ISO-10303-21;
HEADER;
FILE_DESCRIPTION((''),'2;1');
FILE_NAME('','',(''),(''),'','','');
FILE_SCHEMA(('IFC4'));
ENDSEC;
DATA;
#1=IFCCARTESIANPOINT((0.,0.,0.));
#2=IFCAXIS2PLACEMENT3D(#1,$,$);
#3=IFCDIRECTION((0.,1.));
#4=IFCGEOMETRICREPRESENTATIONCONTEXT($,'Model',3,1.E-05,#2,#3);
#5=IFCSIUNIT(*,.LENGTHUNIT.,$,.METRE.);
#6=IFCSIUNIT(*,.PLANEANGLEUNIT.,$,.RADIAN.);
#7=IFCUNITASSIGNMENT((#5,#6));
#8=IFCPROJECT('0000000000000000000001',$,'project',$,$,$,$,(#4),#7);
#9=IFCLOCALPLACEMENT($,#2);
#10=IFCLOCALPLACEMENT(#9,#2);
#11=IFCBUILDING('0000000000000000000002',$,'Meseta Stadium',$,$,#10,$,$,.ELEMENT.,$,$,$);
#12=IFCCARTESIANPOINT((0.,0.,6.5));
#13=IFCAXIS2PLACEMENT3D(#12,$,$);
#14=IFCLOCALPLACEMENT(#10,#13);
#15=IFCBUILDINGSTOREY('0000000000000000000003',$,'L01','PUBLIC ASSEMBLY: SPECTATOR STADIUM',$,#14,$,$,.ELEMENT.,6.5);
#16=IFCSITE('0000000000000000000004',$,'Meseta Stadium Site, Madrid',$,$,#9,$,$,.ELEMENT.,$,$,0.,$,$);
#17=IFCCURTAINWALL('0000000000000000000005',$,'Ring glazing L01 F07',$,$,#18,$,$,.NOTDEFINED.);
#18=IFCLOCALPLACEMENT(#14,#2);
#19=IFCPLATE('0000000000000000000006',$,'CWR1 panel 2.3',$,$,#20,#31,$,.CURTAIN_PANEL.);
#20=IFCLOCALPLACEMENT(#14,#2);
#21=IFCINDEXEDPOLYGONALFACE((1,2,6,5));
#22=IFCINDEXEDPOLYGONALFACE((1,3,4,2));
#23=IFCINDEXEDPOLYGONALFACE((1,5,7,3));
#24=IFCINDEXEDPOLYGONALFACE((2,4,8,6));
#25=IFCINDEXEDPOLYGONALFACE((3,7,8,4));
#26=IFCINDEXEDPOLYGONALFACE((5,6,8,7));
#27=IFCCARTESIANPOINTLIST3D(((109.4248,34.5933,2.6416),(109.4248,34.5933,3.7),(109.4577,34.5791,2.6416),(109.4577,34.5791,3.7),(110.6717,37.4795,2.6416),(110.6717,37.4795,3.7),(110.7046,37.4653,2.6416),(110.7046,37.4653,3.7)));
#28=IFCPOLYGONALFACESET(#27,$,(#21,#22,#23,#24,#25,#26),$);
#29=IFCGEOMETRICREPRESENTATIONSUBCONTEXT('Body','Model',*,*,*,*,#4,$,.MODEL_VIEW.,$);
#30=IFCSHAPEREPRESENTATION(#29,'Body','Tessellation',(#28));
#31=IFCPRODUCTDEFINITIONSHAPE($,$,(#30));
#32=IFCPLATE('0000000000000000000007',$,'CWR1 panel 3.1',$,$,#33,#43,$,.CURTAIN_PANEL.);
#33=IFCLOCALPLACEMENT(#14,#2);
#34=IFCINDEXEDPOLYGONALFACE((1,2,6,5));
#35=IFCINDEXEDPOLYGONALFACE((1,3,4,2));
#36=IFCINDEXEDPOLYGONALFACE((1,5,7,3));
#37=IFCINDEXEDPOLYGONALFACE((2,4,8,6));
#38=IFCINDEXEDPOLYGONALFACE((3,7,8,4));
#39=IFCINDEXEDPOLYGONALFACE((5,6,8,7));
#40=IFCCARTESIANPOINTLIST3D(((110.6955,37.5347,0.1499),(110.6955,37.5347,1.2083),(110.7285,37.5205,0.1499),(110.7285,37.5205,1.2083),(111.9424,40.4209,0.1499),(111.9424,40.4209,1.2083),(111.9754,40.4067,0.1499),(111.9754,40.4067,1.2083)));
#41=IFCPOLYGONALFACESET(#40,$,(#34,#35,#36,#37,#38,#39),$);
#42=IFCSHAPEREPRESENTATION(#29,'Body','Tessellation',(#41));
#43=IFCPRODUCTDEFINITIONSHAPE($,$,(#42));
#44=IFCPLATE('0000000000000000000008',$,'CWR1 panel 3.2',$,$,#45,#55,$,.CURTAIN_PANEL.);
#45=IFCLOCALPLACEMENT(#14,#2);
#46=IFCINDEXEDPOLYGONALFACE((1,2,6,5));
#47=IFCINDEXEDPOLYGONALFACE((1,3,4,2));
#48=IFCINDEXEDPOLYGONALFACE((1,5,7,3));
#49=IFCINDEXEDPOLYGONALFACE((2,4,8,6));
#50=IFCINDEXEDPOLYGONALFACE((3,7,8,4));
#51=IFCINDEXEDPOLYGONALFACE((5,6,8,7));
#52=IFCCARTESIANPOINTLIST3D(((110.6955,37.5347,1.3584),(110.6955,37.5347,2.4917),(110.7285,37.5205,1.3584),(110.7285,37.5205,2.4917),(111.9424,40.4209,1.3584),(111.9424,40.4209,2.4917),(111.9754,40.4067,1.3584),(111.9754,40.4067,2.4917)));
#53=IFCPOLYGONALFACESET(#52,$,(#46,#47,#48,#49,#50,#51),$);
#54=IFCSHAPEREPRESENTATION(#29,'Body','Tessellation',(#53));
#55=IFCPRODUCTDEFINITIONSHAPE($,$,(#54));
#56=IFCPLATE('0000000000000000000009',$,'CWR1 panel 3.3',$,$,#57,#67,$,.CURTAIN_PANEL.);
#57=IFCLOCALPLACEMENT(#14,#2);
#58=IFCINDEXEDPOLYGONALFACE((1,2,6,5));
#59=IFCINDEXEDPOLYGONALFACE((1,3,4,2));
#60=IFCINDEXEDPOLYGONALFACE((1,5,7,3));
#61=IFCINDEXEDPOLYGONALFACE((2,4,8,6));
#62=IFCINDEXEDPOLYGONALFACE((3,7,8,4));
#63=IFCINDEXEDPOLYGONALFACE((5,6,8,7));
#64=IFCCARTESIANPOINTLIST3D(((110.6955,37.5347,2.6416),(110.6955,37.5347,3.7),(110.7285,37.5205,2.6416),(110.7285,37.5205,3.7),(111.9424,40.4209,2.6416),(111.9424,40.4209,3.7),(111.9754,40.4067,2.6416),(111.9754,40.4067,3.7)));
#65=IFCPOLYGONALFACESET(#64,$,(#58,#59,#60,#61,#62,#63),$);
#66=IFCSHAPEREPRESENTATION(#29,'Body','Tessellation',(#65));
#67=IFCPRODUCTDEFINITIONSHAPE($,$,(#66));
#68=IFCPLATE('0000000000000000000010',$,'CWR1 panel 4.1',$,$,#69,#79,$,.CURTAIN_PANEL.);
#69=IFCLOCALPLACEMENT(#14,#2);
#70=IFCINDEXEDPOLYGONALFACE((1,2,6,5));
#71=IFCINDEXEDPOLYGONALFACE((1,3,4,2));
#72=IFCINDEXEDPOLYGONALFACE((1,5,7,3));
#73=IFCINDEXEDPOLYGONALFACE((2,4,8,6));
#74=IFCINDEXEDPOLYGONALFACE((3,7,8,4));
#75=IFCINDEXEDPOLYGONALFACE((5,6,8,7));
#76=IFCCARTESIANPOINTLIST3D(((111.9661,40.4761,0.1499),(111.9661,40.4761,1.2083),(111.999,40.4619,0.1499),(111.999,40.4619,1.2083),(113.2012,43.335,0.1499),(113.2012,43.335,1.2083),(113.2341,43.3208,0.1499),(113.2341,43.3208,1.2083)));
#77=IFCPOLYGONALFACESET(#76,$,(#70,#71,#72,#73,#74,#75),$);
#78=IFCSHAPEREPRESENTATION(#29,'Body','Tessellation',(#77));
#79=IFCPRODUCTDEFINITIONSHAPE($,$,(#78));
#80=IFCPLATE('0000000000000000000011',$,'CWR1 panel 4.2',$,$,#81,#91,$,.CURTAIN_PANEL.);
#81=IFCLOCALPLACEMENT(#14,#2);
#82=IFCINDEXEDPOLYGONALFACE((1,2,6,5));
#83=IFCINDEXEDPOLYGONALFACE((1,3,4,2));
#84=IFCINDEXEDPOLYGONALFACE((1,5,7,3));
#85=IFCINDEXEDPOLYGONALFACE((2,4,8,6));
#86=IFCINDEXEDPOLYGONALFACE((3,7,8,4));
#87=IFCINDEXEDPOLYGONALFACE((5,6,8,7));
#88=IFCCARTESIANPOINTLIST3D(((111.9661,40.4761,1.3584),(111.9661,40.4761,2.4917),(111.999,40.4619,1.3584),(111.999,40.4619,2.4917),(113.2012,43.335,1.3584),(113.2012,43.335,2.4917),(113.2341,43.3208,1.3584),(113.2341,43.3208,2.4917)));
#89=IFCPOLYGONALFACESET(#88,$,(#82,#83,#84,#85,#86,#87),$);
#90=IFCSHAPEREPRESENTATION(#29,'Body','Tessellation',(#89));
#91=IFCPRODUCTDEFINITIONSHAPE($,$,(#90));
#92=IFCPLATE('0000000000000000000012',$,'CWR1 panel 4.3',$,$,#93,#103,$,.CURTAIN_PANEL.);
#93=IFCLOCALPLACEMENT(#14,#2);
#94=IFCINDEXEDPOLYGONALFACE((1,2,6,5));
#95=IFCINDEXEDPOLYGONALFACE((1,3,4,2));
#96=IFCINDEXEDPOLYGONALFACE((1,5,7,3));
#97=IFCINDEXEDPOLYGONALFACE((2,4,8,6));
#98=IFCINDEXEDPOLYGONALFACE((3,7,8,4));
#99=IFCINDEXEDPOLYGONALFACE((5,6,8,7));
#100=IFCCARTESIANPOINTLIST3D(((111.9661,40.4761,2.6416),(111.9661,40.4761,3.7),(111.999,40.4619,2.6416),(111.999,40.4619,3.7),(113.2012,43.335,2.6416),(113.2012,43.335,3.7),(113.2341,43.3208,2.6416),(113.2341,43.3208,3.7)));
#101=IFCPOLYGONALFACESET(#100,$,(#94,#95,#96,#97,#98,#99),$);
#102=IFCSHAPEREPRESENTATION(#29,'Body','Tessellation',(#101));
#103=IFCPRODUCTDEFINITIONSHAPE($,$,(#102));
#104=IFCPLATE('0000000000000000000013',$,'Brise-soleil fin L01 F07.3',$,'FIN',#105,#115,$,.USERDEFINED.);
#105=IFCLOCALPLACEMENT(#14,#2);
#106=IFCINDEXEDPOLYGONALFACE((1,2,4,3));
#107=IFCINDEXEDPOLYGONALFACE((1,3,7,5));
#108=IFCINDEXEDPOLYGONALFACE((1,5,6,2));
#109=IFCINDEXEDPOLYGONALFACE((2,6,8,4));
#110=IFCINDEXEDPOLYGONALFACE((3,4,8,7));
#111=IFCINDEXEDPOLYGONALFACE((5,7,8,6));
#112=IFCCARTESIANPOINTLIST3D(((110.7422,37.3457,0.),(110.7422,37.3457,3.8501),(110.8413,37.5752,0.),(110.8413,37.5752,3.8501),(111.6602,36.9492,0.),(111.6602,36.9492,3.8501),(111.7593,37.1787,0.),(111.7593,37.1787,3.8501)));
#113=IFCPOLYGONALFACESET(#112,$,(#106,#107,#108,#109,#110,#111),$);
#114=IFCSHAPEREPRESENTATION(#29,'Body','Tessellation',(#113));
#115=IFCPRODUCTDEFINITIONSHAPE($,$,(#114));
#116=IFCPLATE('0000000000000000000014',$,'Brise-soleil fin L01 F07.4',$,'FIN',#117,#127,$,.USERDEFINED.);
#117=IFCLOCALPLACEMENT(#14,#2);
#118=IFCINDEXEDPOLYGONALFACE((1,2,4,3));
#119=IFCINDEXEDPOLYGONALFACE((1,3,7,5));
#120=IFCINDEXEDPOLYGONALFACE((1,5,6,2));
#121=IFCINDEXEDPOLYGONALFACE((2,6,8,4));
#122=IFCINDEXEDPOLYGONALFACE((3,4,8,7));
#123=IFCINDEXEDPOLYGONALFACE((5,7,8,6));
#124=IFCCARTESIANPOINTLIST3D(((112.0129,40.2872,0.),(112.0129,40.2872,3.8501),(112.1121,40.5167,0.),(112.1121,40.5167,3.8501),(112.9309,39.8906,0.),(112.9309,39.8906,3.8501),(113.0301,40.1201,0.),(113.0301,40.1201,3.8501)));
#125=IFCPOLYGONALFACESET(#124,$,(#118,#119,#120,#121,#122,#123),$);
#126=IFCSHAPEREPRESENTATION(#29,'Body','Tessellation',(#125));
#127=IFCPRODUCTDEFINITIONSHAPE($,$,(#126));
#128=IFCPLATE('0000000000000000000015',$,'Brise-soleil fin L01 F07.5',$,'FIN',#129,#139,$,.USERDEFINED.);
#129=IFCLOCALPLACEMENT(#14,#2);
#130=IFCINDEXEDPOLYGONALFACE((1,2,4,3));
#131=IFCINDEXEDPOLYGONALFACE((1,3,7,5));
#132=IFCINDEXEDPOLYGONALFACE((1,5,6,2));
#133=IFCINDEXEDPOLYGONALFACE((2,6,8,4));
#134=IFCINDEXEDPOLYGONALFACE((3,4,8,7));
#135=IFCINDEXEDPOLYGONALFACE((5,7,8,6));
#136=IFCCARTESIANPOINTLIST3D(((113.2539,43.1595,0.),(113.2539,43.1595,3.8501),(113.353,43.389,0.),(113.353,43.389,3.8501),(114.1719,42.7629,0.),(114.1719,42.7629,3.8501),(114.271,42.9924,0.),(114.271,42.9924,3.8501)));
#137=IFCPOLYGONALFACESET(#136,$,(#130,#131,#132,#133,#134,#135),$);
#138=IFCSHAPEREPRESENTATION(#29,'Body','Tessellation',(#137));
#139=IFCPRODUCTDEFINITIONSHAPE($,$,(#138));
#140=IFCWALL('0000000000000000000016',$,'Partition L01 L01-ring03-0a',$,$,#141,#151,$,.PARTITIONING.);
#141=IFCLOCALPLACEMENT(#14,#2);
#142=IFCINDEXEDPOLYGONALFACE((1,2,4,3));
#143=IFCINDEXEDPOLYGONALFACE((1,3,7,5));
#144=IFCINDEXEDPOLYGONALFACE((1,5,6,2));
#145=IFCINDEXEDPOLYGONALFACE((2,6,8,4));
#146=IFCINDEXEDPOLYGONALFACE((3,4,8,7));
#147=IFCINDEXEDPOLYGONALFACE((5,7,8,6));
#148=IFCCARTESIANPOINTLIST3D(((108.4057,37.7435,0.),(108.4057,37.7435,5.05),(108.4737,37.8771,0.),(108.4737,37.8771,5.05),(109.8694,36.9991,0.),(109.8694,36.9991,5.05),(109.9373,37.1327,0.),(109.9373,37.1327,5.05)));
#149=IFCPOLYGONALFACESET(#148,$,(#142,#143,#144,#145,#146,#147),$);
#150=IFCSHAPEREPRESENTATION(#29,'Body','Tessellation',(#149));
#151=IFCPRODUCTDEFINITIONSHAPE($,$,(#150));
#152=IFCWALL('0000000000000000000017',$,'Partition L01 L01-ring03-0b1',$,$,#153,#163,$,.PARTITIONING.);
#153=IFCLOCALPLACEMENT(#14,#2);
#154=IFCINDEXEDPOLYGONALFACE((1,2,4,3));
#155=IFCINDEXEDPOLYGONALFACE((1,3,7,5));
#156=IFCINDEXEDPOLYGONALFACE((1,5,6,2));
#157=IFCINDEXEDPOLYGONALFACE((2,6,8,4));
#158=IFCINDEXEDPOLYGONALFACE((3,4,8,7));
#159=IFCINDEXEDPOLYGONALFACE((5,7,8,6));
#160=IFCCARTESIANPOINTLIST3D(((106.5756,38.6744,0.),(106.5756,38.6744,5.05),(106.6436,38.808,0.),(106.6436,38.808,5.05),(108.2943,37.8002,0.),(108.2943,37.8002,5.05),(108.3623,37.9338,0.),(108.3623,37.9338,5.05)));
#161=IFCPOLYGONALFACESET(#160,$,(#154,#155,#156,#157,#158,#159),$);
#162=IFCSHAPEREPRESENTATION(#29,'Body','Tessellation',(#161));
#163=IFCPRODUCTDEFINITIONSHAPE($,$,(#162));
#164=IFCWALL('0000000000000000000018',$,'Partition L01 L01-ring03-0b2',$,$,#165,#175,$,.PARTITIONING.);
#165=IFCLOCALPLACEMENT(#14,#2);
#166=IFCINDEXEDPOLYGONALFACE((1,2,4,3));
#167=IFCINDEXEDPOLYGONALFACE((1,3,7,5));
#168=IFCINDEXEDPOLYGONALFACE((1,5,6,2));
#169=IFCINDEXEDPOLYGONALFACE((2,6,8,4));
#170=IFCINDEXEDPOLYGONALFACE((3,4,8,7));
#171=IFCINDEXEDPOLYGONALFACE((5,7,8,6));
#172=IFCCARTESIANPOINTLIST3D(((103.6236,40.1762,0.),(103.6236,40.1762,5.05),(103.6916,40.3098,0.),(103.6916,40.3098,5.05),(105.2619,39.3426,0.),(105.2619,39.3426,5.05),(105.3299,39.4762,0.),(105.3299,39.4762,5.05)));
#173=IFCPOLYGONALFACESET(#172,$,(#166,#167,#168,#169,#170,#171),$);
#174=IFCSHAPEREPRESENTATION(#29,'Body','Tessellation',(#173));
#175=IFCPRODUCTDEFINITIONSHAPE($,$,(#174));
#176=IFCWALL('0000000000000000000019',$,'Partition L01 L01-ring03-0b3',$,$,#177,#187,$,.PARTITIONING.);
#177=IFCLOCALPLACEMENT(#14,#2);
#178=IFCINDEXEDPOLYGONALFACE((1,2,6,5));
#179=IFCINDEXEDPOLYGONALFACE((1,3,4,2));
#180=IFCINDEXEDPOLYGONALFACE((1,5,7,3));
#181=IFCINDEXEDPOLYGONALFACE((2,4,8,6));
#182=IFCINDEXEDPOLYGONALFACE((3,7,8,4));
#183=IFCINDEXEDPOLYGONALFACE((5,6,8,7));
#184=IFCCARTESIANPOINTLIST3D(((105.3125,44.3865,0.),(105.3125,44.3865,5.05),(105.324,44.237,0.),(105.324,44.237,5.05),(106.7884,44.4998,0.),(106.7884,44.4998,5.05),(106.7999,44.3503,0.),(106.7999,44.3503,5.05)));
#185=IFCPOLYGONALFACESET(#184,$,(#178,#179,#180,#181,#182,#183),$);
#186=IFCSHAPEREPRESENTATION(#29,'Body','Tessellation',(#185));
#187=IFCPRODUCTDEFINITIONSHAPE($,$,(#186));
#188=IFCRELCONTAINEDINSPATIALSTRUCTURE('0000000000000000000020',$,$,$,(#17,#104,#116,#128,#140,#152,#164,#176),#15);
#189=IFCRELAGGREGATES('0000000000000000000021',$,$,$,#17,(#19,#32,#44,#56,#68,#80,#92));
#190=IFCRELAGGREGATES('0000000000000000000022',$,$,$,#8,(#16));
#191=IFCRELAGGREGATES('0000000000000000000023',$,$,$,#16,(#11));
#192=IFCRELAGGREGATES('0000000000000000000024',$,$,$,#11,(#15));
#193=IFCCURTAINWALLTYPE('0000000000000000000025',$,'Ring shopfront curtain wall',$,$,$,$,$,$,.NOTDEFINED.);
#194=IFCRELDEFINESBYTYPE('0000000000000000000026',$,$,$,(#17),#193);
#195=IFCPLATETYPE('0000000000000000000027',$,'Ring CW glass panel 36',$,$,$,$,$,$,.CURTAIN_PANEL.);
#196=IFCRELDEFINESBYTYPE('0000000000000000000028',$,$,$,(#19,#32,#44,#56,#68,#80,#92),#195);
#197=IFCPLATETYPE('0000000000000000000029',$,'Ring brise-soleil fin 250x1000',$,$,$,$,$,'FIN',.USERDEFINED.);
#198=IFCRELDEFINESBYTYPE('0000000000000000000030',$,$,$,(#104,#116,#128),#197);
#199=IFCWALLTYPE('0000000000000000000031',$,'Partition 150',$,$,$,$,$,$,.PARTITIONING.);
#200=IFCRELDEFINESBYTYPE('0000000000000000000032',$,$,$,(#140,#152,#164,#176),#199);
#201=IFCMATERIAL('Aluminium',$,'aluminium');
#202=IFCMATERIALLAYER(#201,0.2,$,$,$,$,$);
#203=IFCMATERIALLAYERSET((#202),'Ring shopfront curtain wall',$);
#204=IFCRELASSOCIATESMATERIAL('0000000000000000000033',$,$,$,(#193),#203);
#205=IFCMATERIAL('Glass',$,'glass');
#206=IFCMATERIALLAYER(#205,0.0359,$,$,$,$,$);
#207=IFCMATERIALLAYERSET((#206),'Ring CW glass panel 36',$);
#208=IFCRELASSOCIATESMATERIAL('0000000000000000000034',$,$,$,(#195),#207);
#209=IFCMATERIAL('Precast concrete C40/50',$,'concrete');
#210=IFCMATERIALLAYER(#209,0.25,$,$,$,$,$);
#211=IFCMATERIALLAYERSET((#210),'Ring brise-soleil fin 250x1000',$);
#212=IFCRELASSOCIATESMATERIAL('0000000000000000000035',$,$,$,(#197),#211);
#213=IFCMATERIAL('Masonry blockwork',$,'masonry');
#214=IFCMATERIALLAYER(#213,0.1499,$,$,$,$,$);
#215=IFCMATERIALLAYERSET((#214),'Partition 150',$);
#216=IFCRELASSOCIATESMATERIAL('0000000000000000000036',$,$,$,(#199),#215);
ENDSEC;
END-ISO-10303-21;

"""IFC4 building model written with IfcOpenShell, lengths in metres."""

from ifc_helpers import new_model, si_unit, direction, frame, frame_2d, origin, origin_2d, place, context, subcontext, project, spatial, rectangle, extrude, material, layer, layer_set, type_object, element, aggregate, save


model = new_model("IFC4")

# Units and contexts
model_context = context("Model", 3, precision=1e-05, world=origin(), true_north=direction((0.0, 1.0)))
body_context = subcontext(model_context, "Body", "Model", "MODEL_VIEW")
ifc_project = project(units=[si_unit("LENGTHUNIT", "METRE"), si_unit("PLANEANGLEUNIT", "RADIAN")], contexts=[model_context])

# Site, building, storey
site_placement = place(None, origin())
site = spatial("IfcSite", under=ifc_project, at=site_placement, Name="Meseta Stadium Site, Madrid", CompositionType="ELEMENT", RefElevation=0.0)
building_placement = place(site_placement, origin())
building = spatial("IfcBuilding", under=site, at=building_placement, Name="Meseta Stadium", CompositionType="ELEMENT")
storey_placement = place(building_placement, frame((0.0, 0.0, 6.5)))
storey = spatial("IfcBuildingStorey", under=building, at=storey_placement, Name="L01", Description="PUBLIC ASSEMBLY: SPECTATOR STADIUM", CompositionType="ELEMENT", Elevation=6.5)

# Curtain wall, plates
ifc_material_1 = material(Name="Aluminium", Category="aluminium")
ifc_layer_1 = layer(ifc_material_1, 0.2)
ifc_layer_set_1 = layer_set([ifc_layer_1], Name="Ring shopfront curtain wall")
curtain_wall_type = type_object("IfcCurtainWallType", Name="Ring shopfront curtain wall", PredefinedType="NOTDEFINED", material=ifc_layer_set_1)
curtain_wall_placement = place(storey_placement, origin())
curtain_wall = element("IfcCurtainWall", 1, at=curtain_wall_placement, inside=storey, type_object=curtain_wall_type, Name="Ring glazing L01 F07", PredefinedType="NOTDEFINED")
ifc_material_2 = material(Name="Glass", Category="glass")
ifc_layer_2 = layer(ifc_material_2, 0.0359)
ifc_layer_set_2 = layer_set([ifc_layer_2], Name="Ring CW glass panel 36")
plate_type_1 = type_object("IfcPlateType", Name="Ring CW glass panel 36", PredefinedType="CURTAIN_PANEL", material=ifc_layer_set_2)
plate_1_placement = place(storey_placement, frame((110.0647, 36.0293, 2.6416), z_axis=(0.0, 0.0, 1.0), x_axis=(0.396581, 0.918, 0.0)))
plate_1 = element("IfcPlate", 2, at=plate_1_placement, type_object=plate_type_1, Name="CWR1 panel 2.3", PredefinedType="CURTAIN_PANEL", context=body_context, shape_type="SweptSolid", body=[
    extrude(rectangle(XDim=3.144, YDim=0.0359, at=origin_2d()), origin(), (0.0, 0.0, 1.0), 1.0583),
])
plate_2_placement = place(storey_placement, frame((111.3354, 38.9707, 0.1499), z_axis=(0.0, 0.0, 1.0), x_axis=(0.396581, 0.918, 0.0)))
plate_2 = element("IfcPlate", 3, at=plate_2_placement, type_object=plate_type_1, Name="CWR1 panel 3.1", PredefinedType="CURTAIN_PANEL", context=body_context, shape_type="SweptSolid", body=[
    extrude(rectangle(XDim=3.144, YDim=0.0359, at=origin_2d()), origin(), (0.0, 0.0, 1.0), 1.0583),
])
plate_3_placement = place(storey_placement, frame((111.3354, 38.9707, 1.3584), z_axis=(0.0, 0.0, 1.0), x_axis=(0.396581, 0.918, 0.0)))
plate_3 = element("IfcPlate", 4, at=plate_3_placement, type_object=plate_type_1, Name="CWR1 panel 3.2", PredefinedType="CURTAIN_PANEL", context=body_context, shape_type="SweptSolid", body=[
    extrude(rectangle(XDim=3.144, YDim=0.0359, at=origin_2d()), origin(), (0.0, 0.0, 1.0), 1.1333),
])
plate_4_placement = place(storey_placement, frame((111.3354, 38.9707, 2.6416), z_axis=(0.0, 0.0, 1.0), x_axis=(0.396581, 0.918, 0.0)))
plate_4 = element("IfcPlate", 5, at=plate_4_placement, type_object=plate_type_1, Name="CWR1 panel 3.3", PredefinedType="CURTAIN_PANEL", context=body_context, shape_type="SweptSolid", body=[
    extrude(rectangle(XDim=3.144, YDim=0.0359, at=origin_2d()), origin(), (0.0, 0.0, 1.0), 1.0583),
])
plate_5_placement = place(storey_placement, frame((112.6001, 41.8984, 0.1499), z_axis=(0.0, 0.0, 1.0), x_axis=(0.396581, 0.918, 0.0)))
plate_5 = element("IfcPlate", 6, at=plate_5_placement, type_object=plate_type_1, Name="CWR1 panel 4.1", PredefinedType="CURTAIN_PANEL", context=body_context, shape_type="SweptSolid", body=[
    extrude(rectangle(XDim=3.1143, YDim=0.0359, at=origin_2d()), origin(), (0.0, 0.0, 1.0), 1.0583),
])
plate_6_placement = place(storey_placement, frame((112.6001, 41.8984, 1.3584), z_axis=(0.0, 0.0, 1.0), x_axis=(0.396581, 0.918, 0.0)))
plate_6 = element("IfcPlate", 7, at=plate_6_placement, type_object=plate_type_1, Name="CWR1 panel 4.2", PredefinedType="CURTAIN_PANEL", context=body_context, shape_type="SweptSolid", body=[
    extrude(rectangle(XDim=3.1143, YDim=0.0359, at=origin_2d()), origin(), (0.0, 0.0, 1.0), 1.1333),
])
plate_7_placement = place(storey_placement, frame((112.6001, 41.8984, 2.6416), z_axis=(0.0, 0.0, 1.0), x_axis=(0.396581, 0.918, 0.0)))
plate_7 = element("IfcPlate", 8, at=plate_7_placement, type_object=plate_type_1, Name="CWR1 panel 4.3", PredefinedType="CURTAIN_PANEL", context=body_context, shape_type="SweptSolid", body=[
    extrude(rectangle(XDim=3.1143, YDim=0.0359, at=origin_2d()), origin(), (0.0, 0.0, 1.0), 1.0583),
])
aggregate(curtain_wall, [plate_1, plate_2, plate_3, plate_4, plate_5, plate_6, plate_7])

# Plates
ifc_material_3 = material(Name="Precast concrete C40/50", Category="concrete")
ifc_layer_3 = layer(ifc_material_3, 0.25)
ifc_layer_set_3 = layer_set([ifc_layer_3], Name="Ring brise-soleil fin 250x1000")
plate_type_2 = type_object("IfcPlateType", Name="Ring brise-soleil fin 250x1000", ElementType="FIN", PredefinedType="USERDEFINED", material=ifc_layer_set_3)
for number, where, z_axis, x_axis, name in (
    (9, (111.2507, 37.2622, 0.0), (0.0, 0.0, 1.0), (0.396576, 0.918002, 0.0), "Brise-soleil fin L01 F07.3"),
    (10, (112.5215, 40.2036, 0.0), (0.0, 0.0, 1.0), (0.396576, 0.918002, 0.0), "Brise-soleil fin L01 F07.4"),
    (11, (113.7625, 43.0759, 0.0), (0.0, 0.0, 1.0), (0.396576, 0.918002, 0.0), "Brise-soleil fin L01 F07.5"),
):
    element("IfcPlate", number, at=place(storey_placement, frame(where, z_axis=z_axis, x_axis=x_axis)), inside=storey, type_object=plate_type_2, Name=name, ObjectType="FIN", PredefinedType="USERDEFINED", context=body_context, shape_type="SweptSolid", body=[
        extrude(rectangle(XDim=0.25, YDim=1.0, at=origin_2d()), origin(), (0.0, 0.0, 1.0), 3.8501),
    ])

# Walls
ifc_material_4 = material(Name="Masonry blockwork", Category="masonry")
ifc_layer_4 = layer(ifc_material_4, 0.1499)
ifc_layer_set_4 = layer_set([ifc_layer_4], Name="Partition 150")
wall_type = type_object("IfcWallType", Name="Partition 150", PredefinedType="PARTITIONING", material=ifc_layer_set_4)
wall_1_placement = place(storey_placement, frame((108.4397, 37.8103, 0.0), z_axis=(0.0, 0.0, 1.0), x_axis=(0.891343, -0.453329, 0.0)))
element("IfcWall", 12, at=wall_1_placement, inside=storey, type_object=wall_type, Name="Partition L01 L01-ring03-0a", PredefinedType="PARTITIONING", context=body_context, shape_type="SweptSolid", body=[
    extrude(rectangle(XDim=1.6421, YDim=0.1499, at=frame_2d((0.821, 0.0))), origin(), (0.0, 0.0, 1.0), 5.05),
])
wall_2_placement = place(storey_placement, frame((106.6096, 38.7412, 0.0), z_axis=(0.0, 0.0, 1.0), x_axis=(0.891317, -0.453381, 0.0)))
element("IfcWall", 13, at=wall_2_placement, inside=storey, type_object=wall_type, Name="Partition L01 L01-ring03-0b1", PredefinedType="PARTITIONING", context=body_context, shape_type="SweptSolid", body=[
    extrude(rectangle(XDim=1.9282, YDim=0.1499, at=frame_2d((0.9641, 0.0))), origin(), (0.0, 0.0, 1.0), 5.05),
])
wall_3_placement = place(storey_placement, frame((103.6577, 40.2429, 0.0), z_axis=(0.0, 0.0, 1.0), x_axis=(0.89127, -0.453472, 0.0)))
element("IfcWall", 14, at=wall_3_placement, inside=storey, type_object=wall_type, Name="Partition L01 L01-ring03-0b2", PredefinedType="PARTITIONING", context=body_context, shape_type="SweptSolid", body=[
    extrude(rectangle(XDim=1.8381, YDim=0.1499, at=frame_2d((0.9189, 0.0))), origin(), (0.0, 0.0, 1.0), 5.05),
])
wall_4_placement = place(storey_placement, frame((105.3181, 44.3118, 0.0), z_axis=(0.0, 0.0, 1.0), x_axis=(0.997067, 0.076533, 0.0)))
element("IfcWall", 15, at=wall_4_placement, inside=storey, type_object=wall_type, Name="Partition L01 L01-ring03-0b3", PredefinedType="PARTITIONING", context=body_context, shape_type="SweptSolid", body=[
    extrude(rectangle(XDim=1.4802, YDim=0.1499, at=frame_2d((0.7402, 0.0))), origin(), (0.0, 0.0, 1.0), 5.05),
])

save(model, "model.ifc")
